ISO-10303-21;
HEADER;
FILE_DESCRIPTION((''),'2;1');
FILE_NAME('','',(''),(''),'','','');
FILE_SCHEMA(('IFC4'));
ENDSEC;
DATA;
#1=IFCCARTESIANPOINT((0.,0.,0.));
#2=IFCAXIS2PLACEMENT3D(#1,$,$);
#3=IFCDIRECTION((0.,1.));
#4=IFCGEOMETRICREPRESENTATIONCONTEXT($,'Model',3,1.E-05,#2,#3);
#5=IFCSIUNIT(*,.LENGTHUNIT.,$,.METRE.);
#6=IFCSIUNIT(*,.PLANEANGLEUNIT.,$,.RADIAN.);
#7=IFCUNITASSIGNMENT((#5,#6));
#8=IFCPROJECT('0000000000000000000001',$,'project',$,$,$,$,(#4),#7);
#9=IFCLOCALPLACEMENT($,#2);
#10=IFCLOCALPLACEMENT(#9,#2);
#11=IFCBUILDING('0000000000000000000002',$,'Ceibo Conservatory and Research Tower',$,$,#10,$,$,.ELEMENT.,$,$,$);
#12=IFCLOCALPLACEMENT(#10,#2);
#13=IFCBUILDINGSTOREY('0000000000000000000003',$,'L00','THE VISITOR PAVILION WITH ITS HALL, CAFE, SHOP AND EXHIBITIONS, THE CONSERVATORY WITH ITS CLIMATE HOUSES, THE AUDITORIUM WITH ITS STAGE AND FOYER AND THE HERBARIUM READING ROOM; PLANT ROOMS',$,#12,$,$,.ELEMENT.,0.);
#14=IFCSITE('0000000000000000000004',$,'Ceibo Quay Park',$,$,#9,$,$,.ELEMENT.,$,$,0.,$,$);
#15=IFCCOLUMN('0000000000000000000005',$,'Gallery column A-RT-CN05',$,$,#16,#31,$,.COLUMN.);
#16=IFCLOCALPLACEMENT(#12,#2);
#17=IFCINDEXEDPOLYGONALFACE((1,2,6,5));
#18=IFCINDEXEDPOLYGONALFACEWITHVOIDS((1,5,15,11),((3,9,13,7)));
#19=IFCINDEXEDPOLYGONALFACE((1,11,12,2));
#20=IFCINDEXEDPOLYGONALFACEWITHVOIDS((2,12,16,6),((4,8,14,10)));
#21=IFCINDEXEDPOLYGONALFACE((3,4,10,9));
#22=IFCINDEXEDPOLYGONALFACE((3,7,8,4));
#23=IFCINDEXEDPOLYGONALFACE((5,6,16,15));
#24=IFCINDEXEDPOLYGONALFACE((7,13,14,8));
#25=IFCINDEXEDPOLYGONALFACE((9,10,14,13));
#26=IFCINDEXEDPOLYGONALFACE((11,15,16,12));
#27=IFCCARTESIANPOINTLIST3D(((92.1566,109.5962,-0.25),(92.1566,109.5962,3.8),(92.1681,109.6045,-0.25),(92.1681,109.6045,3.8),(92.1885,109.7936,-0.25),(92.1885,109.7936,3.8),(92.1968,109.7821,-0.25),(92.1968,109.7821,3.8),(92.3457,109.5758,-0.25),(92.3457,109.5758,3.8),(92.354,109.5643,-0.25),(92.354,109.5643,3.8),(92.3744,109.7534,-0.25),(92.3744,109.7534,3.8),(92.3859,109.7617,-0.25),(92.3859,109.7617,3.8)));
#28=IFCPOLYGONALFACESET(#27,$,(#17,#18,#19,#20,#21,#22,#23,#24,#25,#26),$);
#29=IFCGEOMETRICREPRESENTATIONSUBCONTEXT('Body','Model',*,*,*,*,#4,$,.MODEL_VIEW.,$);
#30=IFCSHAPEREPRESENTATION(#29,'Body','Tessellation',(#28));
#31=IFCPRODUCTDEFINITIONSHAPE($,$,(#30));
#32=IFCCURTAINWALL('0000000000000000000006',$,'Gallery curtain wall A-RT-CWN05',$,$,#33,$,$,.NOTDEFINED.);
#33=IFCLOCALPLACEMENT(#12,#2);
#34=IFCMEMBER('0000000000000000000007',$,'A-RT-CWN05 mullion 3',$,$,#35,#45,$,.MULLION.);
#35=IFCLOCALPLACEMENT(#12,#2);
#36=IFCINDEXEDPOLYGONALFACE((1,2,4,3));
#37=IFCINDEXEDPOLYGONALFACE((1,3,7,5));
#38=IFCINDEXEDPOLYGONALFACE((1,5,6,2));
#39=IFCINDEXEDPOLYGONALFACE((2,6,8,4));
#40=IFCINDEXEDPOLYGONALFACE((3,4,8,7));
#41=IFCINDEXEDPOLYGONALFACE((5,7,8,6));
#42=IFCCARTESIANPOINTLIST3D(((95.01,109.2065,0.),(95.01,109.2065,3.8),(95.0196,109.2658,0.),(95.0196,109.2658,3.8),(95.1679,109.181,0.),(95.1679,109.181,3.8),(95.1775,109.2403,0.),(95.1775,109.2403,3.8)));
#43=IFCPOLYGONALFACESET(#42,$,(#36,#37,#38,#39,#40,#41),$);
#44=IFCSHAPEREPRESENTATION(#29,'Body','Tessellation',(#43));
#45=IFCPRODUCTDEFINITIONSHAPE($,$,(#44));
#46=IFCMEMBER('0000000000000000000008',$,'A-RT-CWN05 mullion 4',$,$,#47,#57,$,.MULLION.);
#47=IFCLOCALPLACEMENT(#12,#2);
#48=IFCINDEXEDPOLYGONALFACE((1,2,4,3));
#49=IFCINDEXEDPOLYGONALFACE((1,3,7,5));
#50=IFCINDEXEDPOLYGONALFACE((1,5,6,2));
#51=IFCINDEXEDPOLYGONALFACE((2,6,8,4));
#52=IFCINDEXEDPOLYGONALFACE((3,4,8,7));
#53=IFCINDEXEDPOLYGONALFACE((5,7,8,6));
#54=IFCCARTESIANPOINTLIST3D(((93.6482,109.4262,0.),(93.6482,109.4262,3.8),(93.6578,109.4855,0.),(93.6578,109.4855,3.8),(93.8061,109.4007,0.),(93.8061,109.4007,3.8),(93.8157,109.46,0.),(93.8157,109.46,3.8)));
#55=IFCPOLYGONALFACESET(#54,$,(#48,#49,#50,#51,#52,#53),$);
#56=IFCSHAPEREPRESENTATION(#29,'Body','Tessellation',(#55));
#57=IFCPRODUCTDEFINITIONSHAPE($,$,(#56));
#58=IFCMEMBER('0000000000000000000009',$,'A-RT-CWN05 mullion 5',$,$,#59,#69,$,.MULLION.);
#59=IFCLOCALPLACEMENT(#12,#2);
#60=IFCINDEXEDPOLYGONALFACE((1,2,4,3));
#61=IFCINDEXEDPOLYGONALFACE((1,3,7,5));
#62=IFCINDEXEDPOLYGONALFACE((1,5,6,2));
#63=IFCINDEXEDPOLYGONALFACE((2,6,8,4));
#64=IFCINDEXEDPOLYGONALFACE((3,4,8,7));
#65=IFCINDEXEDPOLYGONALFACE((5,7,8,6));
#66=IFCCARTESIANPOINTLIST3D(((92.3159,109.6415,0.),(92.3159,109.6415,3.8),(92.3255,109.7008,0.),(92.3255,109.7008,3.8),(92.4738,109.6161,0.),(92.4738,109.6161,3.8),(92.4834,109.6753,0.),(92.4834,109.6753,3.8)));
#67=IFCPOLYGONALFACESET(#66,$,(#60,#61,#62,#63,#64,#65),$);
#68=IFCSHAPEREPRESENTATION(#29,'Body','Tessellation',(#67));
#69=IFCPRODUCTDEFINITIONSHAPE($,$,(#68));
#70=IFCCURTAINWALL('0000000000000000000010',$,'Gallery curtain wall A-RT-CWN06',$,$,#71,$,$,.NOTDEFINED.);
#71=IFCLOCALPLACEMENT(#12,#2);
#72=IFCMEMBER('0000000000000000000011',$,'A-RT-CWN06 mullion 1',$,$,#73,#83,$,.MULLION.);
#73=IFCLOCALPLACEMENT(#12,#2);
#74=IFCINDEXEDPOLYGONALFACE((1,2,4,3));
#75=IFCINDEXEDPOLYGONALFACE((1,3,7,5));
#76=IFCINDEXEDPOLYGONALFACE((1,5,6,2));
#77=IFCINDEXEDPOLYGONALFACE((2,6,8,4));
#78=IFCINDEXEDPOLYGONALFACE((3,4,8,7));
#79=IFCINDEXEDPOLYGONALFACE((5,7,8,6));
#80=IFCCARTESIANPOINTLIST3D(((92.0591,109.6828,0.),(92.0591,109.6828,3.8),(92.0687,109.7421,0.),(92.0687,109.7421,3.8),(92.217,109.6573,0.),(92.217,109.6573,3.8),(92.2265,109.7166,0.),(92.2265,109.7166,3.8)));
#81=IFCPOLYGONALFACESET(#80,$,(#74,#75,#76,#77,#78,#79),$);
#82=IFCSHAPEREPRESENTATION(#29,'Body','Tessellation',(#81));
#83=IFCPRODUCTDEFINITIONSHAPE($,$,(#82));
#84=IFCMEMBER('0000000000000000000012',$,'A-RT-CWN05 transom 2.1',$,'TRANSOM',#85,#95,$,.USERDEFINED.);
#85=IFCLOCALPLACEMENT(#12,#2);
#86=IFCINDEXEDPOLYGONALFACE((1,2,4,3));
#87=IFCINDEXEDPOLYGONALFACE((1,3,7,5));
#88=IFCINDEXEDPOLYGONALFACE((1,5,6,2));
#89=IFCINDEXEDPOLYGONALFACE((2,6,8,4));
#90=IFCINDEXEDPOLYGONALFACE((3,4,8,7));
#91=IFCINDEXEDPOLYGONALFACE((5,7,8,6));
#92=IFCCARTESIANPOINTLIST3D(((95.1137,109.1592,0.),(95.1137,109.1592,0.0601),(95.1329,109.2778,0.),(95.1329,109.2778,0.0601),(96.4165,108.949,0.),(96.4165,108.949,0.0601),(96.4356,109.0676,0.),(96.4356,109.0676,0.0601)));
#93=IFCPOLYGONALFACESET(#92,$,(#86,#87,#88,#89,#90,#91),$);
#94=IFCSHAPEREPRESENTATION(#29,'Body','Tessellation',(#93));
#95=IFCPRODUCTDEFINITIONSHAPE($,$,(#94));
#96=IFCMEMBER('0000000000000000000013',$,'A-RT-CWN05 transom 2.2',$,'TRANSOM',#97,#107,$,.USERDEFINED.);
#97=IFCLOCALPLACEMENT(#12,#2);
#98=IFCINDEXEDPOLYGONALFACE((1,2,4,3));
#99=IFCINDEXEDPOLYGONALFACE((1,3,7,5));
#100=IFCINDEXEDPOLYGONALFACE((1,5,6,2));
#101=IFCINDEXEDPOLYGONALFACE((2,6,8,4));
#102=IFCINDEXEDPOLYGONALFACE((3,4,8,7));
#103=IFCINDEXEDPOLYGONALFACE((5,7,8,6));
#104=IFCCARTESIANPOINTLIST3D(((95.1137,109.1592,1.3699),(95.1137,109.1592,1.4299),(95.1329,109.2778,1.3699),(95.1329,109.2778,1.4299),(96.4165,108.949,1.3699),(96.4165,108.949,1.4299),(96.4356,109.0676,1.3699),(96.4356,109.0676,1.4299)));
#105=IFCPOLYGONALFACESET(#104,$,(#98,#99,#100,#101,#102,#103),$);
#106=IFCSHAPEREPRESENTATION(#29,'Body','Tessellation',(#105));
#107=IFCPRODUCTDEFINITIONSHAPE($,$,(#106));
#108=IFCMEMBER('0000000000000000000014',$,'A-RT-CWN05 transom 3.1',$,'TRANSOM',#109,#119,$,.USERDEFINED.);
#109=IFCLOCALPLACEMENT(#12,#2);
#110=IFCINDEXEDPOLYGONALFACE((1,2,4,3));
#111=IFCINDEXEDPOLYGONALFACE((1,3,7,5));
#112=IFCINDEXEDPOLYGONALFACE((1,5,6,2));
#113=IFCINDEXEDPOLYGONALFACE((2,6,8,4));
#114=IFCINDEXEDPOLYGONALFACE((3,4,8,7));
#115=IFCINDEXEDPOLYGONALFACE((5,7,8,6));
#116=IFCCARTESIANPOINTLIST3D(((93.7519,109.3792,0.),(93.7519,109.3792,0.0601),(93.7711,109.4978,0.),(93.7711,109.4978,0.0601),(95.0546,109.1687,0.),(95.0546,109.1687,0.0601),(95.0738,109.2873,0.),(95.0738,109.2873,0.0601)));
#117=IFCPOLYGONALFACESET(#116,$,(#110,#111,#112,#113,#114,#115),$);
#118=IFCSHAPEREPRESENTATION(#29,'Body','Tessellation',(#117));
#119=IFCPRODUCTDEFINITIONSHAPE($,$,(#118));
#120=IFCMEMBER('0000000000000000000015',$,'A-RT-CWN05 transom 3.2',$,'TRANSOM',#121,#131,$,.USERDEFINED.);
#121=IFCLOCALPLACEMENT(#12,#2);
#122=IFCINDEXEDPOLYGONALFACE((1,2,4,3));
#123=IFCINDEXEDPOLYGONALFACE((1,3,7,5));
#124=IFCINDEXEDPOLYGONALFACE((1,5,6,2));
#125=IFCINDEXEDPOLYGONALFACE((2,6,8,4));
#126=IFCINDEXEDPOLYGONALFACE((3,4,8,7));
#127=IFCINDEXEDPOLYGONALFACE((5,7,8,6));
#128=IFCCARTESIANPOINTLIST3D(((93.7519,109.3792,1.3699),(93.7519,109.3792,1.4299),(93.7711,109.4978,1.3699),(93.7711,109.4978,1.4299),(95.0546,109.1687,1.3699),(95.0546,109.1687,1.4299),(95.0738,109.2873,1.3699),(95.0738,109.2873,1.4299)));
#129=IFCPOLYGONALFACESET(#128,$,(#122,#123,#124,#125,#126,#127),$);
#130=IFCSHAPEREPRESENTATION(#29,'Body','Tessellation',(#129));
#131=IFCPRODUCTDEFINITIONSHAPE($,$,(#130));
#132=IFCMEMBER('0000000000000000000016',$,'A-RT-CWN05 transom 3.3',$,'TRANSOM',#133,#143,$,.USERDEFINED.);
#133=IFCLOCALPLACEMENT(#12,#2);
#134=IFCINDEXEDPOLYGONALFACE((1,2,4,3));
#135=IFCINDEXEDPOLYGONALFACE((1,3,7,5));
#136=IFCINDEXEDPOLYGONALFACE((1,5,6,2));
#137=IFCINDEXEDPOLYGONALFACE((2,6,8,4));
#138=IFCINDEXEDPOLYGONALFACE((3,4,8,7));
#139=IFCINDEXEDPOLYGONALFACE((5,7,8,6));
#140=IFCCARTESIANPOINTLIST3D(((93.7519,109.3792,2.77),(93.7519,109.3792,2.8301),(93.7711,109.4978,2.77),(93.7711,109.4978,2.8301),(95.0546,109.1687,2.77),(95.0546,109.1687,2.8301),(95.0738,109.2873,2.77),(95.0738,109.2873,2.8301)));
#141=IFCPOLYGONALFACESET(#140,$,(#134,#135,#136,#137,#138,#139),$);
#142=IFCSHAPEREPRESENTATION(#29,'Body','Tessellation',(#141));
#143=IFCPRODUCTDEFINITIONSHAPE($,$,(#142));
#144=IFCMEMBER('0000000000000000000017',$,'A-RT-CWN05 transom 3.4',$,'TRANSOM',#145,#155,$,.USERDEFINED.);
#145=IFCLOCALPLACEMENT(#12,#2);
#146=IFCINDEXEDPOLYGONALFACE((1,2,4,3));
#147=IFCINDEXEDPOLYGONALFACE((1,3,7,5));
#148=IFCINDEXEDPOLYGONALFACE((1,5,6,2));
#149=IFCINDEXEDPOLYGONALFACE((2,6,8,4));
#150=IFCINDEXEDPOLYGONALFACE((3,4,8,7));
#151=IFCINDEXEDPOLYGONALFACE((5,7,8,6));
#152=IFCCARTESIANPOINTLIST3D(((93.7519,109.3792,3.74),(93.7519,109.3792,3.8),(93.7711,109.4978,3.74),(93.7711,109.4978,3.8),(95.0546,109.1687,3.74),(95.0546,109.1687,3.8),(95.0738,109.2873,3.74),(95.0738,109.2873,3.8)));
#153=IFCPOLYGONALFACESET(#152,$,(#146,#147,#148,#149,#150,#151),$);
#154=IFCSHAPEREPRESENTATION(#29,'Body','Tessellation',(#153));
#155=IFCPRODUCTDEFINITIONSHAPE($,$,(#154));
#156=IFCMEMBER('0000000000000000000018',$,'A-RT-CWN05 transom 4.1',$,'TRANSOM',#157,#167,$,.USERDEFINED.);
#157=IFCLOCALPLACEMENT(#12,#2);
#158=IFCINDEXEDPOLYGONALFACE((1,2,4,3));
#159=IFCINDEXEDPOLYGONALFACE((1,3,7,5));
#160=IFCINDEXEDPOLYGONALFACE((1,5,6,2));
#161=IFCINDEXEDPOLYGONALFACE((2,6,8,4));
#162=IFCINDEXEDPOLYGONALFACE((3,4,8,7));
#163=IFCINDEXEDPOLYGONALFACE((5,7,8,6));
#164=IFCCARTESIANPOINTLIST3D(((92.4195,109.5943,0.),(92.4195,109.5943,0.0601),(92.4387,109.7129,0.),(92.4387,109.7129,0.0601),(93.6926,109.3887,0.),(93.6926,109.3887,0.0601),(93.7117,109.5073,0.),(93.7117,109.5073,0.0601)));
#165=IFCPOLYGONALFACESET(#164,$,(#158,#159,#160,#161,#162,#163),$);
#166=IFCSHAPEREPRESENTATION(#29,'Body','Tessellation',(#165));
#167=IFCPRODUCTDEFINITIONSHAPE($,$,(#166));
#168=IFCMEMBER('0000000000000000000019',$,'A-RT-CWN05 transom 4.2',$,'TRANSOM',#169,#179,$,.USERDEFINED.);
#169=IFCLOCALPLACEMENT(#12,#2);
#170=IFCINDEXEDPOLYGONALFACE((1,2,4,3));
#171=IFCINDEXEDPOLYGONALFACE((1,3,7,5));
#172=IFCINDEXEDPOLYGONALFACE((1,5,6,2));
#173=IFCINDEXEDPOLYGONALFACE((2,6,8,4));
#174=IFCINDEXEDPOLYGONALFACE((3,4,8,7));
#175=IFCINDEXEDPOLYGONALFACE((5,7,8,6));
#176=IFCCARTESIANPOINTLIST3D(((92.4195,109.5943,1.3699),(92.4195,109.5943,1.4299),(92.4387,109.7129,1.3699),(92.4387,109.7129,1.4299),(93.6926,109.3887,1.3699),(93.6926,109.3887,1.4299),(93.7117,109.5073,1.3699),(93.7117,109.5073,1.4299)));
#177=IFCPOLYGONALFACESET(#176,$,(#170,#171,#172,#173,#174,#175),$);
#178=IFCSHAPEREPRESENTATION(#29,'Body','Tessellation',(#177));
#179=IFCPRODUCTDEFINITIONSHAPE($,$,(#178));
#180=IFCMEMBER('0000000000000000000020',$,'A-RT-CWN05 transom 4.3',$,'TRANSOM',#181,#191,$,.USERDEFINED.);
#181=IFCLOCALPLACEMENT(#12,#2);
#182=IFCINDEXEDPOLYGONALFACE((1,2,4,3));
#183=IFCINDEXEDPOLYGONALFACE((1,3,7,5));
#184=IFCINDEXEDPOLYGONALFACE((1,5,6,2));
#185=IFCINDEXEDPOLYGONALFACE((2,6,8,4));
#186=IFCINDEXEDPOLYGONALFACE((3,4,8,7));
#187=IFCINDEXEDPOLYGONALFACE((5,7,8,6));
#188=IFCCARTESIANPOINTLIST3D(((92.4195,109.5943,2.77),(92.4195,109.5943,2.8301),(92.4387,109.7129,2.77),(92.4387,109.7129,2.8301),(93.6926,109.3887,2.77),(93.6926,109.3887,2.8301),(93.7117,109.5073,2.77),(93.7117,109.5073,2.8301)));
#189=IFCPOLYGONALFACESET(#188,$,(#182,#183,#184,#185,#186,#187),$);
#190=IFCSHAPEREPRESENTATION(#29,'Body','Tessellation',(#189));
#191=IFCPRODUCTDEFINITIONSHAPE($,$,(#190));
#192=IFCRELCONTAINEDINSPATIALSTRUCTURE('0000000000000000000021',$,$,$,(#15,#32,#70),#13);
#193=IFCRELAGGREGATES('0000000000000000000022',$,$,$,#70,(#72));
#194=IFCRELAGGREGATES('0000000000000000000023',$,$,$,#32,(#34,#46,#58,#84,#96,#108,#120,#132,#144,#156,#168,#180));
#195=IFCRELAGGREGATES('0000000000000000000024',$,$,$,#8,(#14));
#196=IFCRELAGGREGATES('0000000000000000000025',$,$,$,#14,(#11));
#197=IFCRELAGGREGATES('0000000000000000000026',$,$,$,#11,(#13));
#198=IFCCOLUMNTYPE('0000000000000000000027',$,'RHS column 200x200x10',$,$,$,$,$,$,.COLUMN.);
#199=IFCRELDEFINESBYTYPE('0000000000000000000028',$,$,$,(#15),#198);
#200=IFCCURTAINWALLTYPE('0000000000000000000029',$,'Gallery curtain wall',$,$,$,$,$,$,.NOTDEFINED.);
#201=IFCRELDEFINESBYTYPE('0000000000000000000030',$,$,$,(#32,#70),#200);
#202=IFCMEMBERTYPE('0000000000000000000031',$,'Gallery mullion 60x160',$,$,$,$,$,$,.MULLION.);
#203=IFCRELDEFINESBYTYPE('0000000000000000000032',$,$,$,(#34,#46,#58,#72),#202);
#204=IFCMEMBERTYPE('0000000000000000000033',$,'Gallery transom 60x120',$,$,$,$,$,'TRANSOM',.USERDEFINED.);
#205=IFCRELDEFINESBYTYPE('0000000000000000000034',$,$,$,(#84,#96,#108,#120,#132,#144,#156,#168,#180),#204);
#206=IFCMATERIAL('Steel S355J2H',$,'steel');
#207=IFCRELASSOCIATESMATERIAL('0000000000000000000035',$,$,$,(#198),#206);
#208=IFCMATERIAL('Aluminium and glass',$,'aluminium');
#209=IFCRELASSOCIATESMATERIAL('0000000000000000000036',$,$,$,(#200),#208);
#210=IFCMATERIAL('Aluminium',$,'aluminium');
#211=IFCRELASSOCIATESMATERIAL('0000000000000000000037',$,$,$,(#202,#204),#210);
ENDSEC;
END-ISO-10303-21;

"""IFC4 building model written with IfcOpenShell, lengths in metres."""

from ifc_helpers import new_model, si_unit, direction, frame, origin, origin_2d, place, context, subcontext, project, spatial, rectangle, hollow_rectangle, extrude, material, material_profile, profile_set, type_object, element, aggregate, save


model = new_model("IFC4")

# Units and contexts
model_context = context("Model", 3, precision=1e-05, world=origin(), true_north=direction((0.0, 1.0)))
body_context = subcontext(model_context, "Body", "Model", "MODEL_VIEW")
ifc_project = project(units=[si_unit("LENGTHUNIT", "METRE"), si_unit("PLANEANGLEUNIT", "RADIAN")], contexts=[model_context])

# Site, building, storey
site_placement = place(None, origin())
site = spatial("IfcSite", under=ifc_project, at=site_placement, Name="Ceibo Quay Park", CompositionType="ELEMENT", RefElevation=0.0)
building_placement = place(site_placement, origin())
building = spatial("IfcBuilding", under=site, at=building_placement, Name="Ceibo Conservatory and Research Tower", CompositionType="ELEMENT")
storey_placement = place(building_placement, origin())
storey = spatial("IfcBuildingStorey", under=building, at=storey_placement, Name="L00", Description="THE VISITOR PAVILION WITH ITS HALL, CAFE, SHOP AND EXHIBITIONS, THE CONSERVATORY WITH ITS CLIMATE HOUSES, THE AUDITORIUM WITH ITS STAGE AND FOYER AND THE HERBARIUM READING ROOM; PLANT ROOMS", CompositionType="ELEMENT", Elevation=0.0)

# Column
ifc_material_1 = material(Name="Steel S355J2H", Category="steel")
ifc_material_profile_1 = material_profile(ifc_material_1, hollow_rectangle(XDim=0.2, YDim=0.2, WallThickness=0.01, at=origin_2d()), Name="RHS column 200x200x10")
ifc_profile_set_1 = profile_set([ifc_material_profile_1], Name="Steel S355J2H")
column_type = type_object("IfcColumnType", Name="RHS column 200x200x10", PredefinedType="COLUMN", material=ifc_profile_set_1)
column_placement = place(storey_placement, frame((92.2712, 109.679, -0.25), z_axis=(0.0, 0.0, 1.0), x_axis=(-0.987216, 0.159391, 0.0)))
element("IfcColumn", 1, at=column_placement, inside=storey, type_object=column_type, Name="Gallery column A-RT-CN05", PredefinedType="COLUMN", context=body_context, shape_type="SweptSolid", body=[
    extrude(hollow_rectangle(XDim=0.2, YDim=0.2, WallThickness=0.01, at=origin_2d()), origin(), (0.0, 0.0, 1.0), 4.05),
])

# Curtain wall, members
ifc_material_2 = material(Name="Aluminium and glass", Category="aluminium")
curtain_wall_type = type_object("IfcCurtainWallType", Name="Gallery curtain wall", PredefinedType="NOTDEFINED", material=ifc_material_2)
curtain_wall_1_placement = place(storey_placement, origin())
curtain_wall_1 = element("IfcCurtainWall", 2, at=curtain_wall_1_placement, inside=storey, type_object=curtain_wall_type, Name="Gallery curtain wall A-RT-CWN05", PredefinedType="NOTDEFINED")
ifc_material_3 = material(Name="Aluminium", Category="aluminium")
ifc_material_profile_2 = material_profile(ifc_material_3, rectangle(XDim=0.0601, YDim=0.1599, at=origin_2d()), Name="AL 60x160")
ifc_profile_set_2 = profile_set([ifc_material_profile_2], Name="Aluminium")
member_type_1 = type_object("IfcMemberType", Name="Gallery mullion 60x160", PredefinedType="MULLION", material=ifc_profile_set_2)
member_1_placement = place(storey_placement, frame((95.0938, 109.2234, 0.0), z_axis=(0.0, 0.0, 1.0), x_axis=(-0.159391, -0.987216, 0.0)))
member_1 = element("IfcMember", 3, at=member_1_placement, type_object=member_type_1, Name="A-RT-CWN05 mullion 3", PredefinedType="MULLION", context=body_context, shape_type="SweptSolid", body=[
    extrude(rectangle(XDim=0.0601, YDim=0.1599, at=origin_2d()), origin(), (0.0, 0.0, 1.0), 3.8),
])
member_2_placement = place(storey_placement, frame((93.7319, 109.4431, 0.0), z_axis=(0.0, 0.0, 1.0), x_axis=(-0.159391, -0.987216, 0.0)))
member_2 = element("IfcMember", 4, at=member_2_placement, type_object=member_type_1, Name="A-RT-CWN05 mullion 4", PredefinedType="MULLION", context=body_context, shape_type="SweptSolid", body=[
    extrude(rectangle(XDim=0.0601, YDim=0.1599, at=origin_2d()), origin(), (0.0, 0.0, 1.0), 3.8),
])
member_3_placement = place(storey_placement, frame((92.3997, 109.6584, 0.0), z_axis=(0.0, 0.0, 1.0), x_axis=(-0.159391, -0.987216, 0.0)))
member_3 = element("IfcMember", 5, at=member_3_placement, type_object=member_type_1, Name="A-RT-CWN05 mullion 5", PredefinedType="MULLION", context=body_context, shape_type="SweptSolid", body=[
    extrude(rectangle(XDim=0.0601, YDim=0.1599, at=origin_2d()), origin(), (0.0, 0.0, 1.0), 3.8),
])

# Curtain wall, member
curtain_wall_2_placement = place(storey_placement, origin())
curtain_wall_2 = element("IfcCurtainWall", 6, at=curtain_wall_2_placement, inside=storey, type_object=curtain_wall_type, Name="Gallery curtain wall A-RT-CWN06", PredefinedType="NOTDEFINED")
member_4_placement = place(storey_placement, frame((92.1428, 109.6997, 0.0), z_axis=(0.0, 0.0, 1.0), x_axis=(-0.159391, -0.987216, 0.0)))
member_4 = element("IfcMember", 7, at=member_4_placement, type_object=member_type_1, Name="A-RT-CWN06 mullion 1", PredefinedType="MULLION", context=body_context, shape_type="SweptSolid", body=[
    extrude(rectangle(XDim=0.0601, YDim=0.1599, at=origin_2d()), origin(), (0.0, 0.0, 1.0), 3.8),
])

# Members
ifc_material_profile_3 = material_profile(ifc_material_3, rectangle(XDim=0.1201, YDim=0.0601, at=origin_2d()), Name="AL 60x120")
ifc_profile_set_3 = profile_set([ifc_material_profile_3], Name="Aluminium")
member_type_2 = type_object("IfcMemberType", Name="Gallery transom 60x120", ElementType="TRANSOM", PredefinedType="USERDEFINED", material=ifc_profile_set_3)
member_5_placement = place(storey_placement, frame((96.426, 109.0083, 0.03), z_axis=(-0.987231, 0.159296, 0.0), x_axis=(-0.159296, -0.987231, 0.0)))
member_5 = element("IfcMember", 8, at=member_5_placement, type_object=member_type_2, Name="A-RT-CWN05 transom 2.1", ObjectType="TRANSOM", PredefinedType="USERDEFINED", context=body_context, shape_type="SweptSolid", body=[
    extrude(rectangle(XDim=0.1201, YDim=0.0601, at=origin_2d()), origin(), (0.0, 0.0, 1.0), 1.3196),
])
member_6_placement = place(storey_placement, frame((96.426, 109.0083, 1.3999), z_axis=(-0.987231, 0.159296, 0.0), x_axis=(-0.159296, -0.987231, 0.0)))
member_6 = element("IfcMember", 9, at=member_6_placement, type_object=member_type_2, Name="A-RT-CWN05 transom 2.2", ObjectType="TRANSOM", PredefinedType="USERDEFINED", context=body_context, shape_type="SweptSolid", body=[
    extrude(rectangle(XDim=0.1201, YDim=0.0601, at=origin_2d()), origin(), (0.0, 0.0, 1.0), 1.3196),
])
member_7_placement = place(storey_placement, frame((95.0642, 109.228, 0.03), z_axis=(-0.987202, 0.159477, 0.0), x_axis=(-0.159477, -0.987202, 0.0)))
member_7 = element("IfcMember", 10, at=member_7_placement, type_object=member_type_2, Name="A-RT-CWN05 transom 3.1", ObjectType="TRANSOM", PredefinedType="USERDEFINED", context=body_context, shape_type="SweptSolid", body=[
    extrude(rectangle(XDim=0.1201, YDim=0.0601, at=origin_2d()), origin(), (0.0, 0.0, 1.0), 1.3196),
])
member_8_placement = place(storey_placement, frame((95.0642, 109.228, 1.3999), z_axis=(-0.987202, 0.159477, 0.0), x_axis=(-0.159477, -0.987202, 0.0)))
member_8 = element("IfcMember", 11, at=member_8_placement, type_object=member_type_2, Name="A-RT-CWN05 transom 3.2", ObjectType="TRANSOM", PredefinedType="USERDEFINED", context=body_context, shape_type="SweptSolid", body=[
    extrude(rectangle(XDim=0.1201, YDim=0.0601, at=origin_2d()), origin(), (0.0, 0.0, 1.0), 1.3196),
])
member_9_placement = place(storey_placement, frame((95.0642, 109.228, 2.8), z_axis=(-0.987202, 0.159477, 0.0), x_axis=(-0.159477, -0.987202, 0.0)))
member_9 = element("IfcMember", 12, at=member_9_placement, type_object=member_type_2, Name="A-RT-CWN05 transom 3.3", ObjectType="TRANSOM", PredefinedType="USERDEFINED", context=body_context, shape_type="SweptSolid", body=[
    extrude(rectangle(XDim=0.1201, YDim=0.0601, at=origin_2d()), origin(), (0.0, 0.0, 1.0), 1.3196),
])
member_10_placement = place(storey_placement, frame((95.0642, 109.228, 3.77), z_axis=(-0.987202, 0.159477, 0.0), x_axis=(-0.159477, -0.987202, 0.0)))
member_10 = element("IfcMember", 13, at=member_10_placement, type_object=member_type_2, Name="A-RT-CWN05 transom 3.4", ObjectType="TRANSOM", PredefinedType="USERDEFINED", context=body_context, shape_type="SweptSolid", body=[
    extrude(rectangle(XDim=0.1201, YDim=0.0601, at=origin_2d()), origin(), (0.0, 0.0, 1.0), 1.3196),
])
member_11_placement = place(storey_placement, frame((93.7021, 109.448, 0.03), z_axis=(-0.98721, 0.159423, 0.0), x_axis=(-0.159423, -0.98721, 0.0)))
member_11 = element("IfcMember", 14, at=member_11_placement, type_object=member_type_2, Name="A-RT-CWN05 transom 4.1", ObjectType="TRANSOM", PredefinedType="USERDEFINED", context=body_context, shape_type="SweptSolid", body=[
    extrude(rectangle(XDim=0.1201, YDim=0.0601, at=origin_2d()), origin(), (0.0, 0.0, 1.0), 1.2896),
])
member_12_placement = place(storey_placement, frame((93.7021, 109.448, 1.3999), z_axis=(-0.98721, 0.159423, 0.0), x_axis=(-0.159423, -0.98721, 0.0)))
member_12 = element("IfcMember", 15, at=member_12_placement, type_object=member_type_2, Name="A-RT-CWN05 transom 4.2", ObjectType="TRANSOM", PredefinedType="USERDEFINED", context=body_context, shape_type="SweptSolid", body=[
    extrude(rectangle(XDim=0.1201, YDim=0.0601, at=origin_2d()), origin(), (0.0, 0.0, 1.0), 1.2896),
])
member_13_placement = place(storey_placement, frame((93.7021, 109.448, 2.8), z_axis=(-0.98721, 0.159423, 0.0), x_axis=(-0.159423, -0.98721, 0.0)))
member_13 = element("IfcMember", 16, at=member_13_placement, type_object=member_type_2, Name="A-RT-CWN05 transom 4.3", ObjectType="TRANSOM", PredefinedType="USERDEFINED", context=body_context, shape_type="SweptSolid", body=[
    extrude(rectangle(XDim=0.1201, YDim=0.0601, at=origin_2d()), origin(), (0.0, 0.0, 1.0), 1.2896),
])
aggregate(curtain_wall_2, [member_4])

aggregate(curtain_wall_1, [member_1, member_2, member_3, member_5, member_6, member_7, member_8, member_9, member_10, member_11, member_12, member_13])

save(model, "model.ifc")
